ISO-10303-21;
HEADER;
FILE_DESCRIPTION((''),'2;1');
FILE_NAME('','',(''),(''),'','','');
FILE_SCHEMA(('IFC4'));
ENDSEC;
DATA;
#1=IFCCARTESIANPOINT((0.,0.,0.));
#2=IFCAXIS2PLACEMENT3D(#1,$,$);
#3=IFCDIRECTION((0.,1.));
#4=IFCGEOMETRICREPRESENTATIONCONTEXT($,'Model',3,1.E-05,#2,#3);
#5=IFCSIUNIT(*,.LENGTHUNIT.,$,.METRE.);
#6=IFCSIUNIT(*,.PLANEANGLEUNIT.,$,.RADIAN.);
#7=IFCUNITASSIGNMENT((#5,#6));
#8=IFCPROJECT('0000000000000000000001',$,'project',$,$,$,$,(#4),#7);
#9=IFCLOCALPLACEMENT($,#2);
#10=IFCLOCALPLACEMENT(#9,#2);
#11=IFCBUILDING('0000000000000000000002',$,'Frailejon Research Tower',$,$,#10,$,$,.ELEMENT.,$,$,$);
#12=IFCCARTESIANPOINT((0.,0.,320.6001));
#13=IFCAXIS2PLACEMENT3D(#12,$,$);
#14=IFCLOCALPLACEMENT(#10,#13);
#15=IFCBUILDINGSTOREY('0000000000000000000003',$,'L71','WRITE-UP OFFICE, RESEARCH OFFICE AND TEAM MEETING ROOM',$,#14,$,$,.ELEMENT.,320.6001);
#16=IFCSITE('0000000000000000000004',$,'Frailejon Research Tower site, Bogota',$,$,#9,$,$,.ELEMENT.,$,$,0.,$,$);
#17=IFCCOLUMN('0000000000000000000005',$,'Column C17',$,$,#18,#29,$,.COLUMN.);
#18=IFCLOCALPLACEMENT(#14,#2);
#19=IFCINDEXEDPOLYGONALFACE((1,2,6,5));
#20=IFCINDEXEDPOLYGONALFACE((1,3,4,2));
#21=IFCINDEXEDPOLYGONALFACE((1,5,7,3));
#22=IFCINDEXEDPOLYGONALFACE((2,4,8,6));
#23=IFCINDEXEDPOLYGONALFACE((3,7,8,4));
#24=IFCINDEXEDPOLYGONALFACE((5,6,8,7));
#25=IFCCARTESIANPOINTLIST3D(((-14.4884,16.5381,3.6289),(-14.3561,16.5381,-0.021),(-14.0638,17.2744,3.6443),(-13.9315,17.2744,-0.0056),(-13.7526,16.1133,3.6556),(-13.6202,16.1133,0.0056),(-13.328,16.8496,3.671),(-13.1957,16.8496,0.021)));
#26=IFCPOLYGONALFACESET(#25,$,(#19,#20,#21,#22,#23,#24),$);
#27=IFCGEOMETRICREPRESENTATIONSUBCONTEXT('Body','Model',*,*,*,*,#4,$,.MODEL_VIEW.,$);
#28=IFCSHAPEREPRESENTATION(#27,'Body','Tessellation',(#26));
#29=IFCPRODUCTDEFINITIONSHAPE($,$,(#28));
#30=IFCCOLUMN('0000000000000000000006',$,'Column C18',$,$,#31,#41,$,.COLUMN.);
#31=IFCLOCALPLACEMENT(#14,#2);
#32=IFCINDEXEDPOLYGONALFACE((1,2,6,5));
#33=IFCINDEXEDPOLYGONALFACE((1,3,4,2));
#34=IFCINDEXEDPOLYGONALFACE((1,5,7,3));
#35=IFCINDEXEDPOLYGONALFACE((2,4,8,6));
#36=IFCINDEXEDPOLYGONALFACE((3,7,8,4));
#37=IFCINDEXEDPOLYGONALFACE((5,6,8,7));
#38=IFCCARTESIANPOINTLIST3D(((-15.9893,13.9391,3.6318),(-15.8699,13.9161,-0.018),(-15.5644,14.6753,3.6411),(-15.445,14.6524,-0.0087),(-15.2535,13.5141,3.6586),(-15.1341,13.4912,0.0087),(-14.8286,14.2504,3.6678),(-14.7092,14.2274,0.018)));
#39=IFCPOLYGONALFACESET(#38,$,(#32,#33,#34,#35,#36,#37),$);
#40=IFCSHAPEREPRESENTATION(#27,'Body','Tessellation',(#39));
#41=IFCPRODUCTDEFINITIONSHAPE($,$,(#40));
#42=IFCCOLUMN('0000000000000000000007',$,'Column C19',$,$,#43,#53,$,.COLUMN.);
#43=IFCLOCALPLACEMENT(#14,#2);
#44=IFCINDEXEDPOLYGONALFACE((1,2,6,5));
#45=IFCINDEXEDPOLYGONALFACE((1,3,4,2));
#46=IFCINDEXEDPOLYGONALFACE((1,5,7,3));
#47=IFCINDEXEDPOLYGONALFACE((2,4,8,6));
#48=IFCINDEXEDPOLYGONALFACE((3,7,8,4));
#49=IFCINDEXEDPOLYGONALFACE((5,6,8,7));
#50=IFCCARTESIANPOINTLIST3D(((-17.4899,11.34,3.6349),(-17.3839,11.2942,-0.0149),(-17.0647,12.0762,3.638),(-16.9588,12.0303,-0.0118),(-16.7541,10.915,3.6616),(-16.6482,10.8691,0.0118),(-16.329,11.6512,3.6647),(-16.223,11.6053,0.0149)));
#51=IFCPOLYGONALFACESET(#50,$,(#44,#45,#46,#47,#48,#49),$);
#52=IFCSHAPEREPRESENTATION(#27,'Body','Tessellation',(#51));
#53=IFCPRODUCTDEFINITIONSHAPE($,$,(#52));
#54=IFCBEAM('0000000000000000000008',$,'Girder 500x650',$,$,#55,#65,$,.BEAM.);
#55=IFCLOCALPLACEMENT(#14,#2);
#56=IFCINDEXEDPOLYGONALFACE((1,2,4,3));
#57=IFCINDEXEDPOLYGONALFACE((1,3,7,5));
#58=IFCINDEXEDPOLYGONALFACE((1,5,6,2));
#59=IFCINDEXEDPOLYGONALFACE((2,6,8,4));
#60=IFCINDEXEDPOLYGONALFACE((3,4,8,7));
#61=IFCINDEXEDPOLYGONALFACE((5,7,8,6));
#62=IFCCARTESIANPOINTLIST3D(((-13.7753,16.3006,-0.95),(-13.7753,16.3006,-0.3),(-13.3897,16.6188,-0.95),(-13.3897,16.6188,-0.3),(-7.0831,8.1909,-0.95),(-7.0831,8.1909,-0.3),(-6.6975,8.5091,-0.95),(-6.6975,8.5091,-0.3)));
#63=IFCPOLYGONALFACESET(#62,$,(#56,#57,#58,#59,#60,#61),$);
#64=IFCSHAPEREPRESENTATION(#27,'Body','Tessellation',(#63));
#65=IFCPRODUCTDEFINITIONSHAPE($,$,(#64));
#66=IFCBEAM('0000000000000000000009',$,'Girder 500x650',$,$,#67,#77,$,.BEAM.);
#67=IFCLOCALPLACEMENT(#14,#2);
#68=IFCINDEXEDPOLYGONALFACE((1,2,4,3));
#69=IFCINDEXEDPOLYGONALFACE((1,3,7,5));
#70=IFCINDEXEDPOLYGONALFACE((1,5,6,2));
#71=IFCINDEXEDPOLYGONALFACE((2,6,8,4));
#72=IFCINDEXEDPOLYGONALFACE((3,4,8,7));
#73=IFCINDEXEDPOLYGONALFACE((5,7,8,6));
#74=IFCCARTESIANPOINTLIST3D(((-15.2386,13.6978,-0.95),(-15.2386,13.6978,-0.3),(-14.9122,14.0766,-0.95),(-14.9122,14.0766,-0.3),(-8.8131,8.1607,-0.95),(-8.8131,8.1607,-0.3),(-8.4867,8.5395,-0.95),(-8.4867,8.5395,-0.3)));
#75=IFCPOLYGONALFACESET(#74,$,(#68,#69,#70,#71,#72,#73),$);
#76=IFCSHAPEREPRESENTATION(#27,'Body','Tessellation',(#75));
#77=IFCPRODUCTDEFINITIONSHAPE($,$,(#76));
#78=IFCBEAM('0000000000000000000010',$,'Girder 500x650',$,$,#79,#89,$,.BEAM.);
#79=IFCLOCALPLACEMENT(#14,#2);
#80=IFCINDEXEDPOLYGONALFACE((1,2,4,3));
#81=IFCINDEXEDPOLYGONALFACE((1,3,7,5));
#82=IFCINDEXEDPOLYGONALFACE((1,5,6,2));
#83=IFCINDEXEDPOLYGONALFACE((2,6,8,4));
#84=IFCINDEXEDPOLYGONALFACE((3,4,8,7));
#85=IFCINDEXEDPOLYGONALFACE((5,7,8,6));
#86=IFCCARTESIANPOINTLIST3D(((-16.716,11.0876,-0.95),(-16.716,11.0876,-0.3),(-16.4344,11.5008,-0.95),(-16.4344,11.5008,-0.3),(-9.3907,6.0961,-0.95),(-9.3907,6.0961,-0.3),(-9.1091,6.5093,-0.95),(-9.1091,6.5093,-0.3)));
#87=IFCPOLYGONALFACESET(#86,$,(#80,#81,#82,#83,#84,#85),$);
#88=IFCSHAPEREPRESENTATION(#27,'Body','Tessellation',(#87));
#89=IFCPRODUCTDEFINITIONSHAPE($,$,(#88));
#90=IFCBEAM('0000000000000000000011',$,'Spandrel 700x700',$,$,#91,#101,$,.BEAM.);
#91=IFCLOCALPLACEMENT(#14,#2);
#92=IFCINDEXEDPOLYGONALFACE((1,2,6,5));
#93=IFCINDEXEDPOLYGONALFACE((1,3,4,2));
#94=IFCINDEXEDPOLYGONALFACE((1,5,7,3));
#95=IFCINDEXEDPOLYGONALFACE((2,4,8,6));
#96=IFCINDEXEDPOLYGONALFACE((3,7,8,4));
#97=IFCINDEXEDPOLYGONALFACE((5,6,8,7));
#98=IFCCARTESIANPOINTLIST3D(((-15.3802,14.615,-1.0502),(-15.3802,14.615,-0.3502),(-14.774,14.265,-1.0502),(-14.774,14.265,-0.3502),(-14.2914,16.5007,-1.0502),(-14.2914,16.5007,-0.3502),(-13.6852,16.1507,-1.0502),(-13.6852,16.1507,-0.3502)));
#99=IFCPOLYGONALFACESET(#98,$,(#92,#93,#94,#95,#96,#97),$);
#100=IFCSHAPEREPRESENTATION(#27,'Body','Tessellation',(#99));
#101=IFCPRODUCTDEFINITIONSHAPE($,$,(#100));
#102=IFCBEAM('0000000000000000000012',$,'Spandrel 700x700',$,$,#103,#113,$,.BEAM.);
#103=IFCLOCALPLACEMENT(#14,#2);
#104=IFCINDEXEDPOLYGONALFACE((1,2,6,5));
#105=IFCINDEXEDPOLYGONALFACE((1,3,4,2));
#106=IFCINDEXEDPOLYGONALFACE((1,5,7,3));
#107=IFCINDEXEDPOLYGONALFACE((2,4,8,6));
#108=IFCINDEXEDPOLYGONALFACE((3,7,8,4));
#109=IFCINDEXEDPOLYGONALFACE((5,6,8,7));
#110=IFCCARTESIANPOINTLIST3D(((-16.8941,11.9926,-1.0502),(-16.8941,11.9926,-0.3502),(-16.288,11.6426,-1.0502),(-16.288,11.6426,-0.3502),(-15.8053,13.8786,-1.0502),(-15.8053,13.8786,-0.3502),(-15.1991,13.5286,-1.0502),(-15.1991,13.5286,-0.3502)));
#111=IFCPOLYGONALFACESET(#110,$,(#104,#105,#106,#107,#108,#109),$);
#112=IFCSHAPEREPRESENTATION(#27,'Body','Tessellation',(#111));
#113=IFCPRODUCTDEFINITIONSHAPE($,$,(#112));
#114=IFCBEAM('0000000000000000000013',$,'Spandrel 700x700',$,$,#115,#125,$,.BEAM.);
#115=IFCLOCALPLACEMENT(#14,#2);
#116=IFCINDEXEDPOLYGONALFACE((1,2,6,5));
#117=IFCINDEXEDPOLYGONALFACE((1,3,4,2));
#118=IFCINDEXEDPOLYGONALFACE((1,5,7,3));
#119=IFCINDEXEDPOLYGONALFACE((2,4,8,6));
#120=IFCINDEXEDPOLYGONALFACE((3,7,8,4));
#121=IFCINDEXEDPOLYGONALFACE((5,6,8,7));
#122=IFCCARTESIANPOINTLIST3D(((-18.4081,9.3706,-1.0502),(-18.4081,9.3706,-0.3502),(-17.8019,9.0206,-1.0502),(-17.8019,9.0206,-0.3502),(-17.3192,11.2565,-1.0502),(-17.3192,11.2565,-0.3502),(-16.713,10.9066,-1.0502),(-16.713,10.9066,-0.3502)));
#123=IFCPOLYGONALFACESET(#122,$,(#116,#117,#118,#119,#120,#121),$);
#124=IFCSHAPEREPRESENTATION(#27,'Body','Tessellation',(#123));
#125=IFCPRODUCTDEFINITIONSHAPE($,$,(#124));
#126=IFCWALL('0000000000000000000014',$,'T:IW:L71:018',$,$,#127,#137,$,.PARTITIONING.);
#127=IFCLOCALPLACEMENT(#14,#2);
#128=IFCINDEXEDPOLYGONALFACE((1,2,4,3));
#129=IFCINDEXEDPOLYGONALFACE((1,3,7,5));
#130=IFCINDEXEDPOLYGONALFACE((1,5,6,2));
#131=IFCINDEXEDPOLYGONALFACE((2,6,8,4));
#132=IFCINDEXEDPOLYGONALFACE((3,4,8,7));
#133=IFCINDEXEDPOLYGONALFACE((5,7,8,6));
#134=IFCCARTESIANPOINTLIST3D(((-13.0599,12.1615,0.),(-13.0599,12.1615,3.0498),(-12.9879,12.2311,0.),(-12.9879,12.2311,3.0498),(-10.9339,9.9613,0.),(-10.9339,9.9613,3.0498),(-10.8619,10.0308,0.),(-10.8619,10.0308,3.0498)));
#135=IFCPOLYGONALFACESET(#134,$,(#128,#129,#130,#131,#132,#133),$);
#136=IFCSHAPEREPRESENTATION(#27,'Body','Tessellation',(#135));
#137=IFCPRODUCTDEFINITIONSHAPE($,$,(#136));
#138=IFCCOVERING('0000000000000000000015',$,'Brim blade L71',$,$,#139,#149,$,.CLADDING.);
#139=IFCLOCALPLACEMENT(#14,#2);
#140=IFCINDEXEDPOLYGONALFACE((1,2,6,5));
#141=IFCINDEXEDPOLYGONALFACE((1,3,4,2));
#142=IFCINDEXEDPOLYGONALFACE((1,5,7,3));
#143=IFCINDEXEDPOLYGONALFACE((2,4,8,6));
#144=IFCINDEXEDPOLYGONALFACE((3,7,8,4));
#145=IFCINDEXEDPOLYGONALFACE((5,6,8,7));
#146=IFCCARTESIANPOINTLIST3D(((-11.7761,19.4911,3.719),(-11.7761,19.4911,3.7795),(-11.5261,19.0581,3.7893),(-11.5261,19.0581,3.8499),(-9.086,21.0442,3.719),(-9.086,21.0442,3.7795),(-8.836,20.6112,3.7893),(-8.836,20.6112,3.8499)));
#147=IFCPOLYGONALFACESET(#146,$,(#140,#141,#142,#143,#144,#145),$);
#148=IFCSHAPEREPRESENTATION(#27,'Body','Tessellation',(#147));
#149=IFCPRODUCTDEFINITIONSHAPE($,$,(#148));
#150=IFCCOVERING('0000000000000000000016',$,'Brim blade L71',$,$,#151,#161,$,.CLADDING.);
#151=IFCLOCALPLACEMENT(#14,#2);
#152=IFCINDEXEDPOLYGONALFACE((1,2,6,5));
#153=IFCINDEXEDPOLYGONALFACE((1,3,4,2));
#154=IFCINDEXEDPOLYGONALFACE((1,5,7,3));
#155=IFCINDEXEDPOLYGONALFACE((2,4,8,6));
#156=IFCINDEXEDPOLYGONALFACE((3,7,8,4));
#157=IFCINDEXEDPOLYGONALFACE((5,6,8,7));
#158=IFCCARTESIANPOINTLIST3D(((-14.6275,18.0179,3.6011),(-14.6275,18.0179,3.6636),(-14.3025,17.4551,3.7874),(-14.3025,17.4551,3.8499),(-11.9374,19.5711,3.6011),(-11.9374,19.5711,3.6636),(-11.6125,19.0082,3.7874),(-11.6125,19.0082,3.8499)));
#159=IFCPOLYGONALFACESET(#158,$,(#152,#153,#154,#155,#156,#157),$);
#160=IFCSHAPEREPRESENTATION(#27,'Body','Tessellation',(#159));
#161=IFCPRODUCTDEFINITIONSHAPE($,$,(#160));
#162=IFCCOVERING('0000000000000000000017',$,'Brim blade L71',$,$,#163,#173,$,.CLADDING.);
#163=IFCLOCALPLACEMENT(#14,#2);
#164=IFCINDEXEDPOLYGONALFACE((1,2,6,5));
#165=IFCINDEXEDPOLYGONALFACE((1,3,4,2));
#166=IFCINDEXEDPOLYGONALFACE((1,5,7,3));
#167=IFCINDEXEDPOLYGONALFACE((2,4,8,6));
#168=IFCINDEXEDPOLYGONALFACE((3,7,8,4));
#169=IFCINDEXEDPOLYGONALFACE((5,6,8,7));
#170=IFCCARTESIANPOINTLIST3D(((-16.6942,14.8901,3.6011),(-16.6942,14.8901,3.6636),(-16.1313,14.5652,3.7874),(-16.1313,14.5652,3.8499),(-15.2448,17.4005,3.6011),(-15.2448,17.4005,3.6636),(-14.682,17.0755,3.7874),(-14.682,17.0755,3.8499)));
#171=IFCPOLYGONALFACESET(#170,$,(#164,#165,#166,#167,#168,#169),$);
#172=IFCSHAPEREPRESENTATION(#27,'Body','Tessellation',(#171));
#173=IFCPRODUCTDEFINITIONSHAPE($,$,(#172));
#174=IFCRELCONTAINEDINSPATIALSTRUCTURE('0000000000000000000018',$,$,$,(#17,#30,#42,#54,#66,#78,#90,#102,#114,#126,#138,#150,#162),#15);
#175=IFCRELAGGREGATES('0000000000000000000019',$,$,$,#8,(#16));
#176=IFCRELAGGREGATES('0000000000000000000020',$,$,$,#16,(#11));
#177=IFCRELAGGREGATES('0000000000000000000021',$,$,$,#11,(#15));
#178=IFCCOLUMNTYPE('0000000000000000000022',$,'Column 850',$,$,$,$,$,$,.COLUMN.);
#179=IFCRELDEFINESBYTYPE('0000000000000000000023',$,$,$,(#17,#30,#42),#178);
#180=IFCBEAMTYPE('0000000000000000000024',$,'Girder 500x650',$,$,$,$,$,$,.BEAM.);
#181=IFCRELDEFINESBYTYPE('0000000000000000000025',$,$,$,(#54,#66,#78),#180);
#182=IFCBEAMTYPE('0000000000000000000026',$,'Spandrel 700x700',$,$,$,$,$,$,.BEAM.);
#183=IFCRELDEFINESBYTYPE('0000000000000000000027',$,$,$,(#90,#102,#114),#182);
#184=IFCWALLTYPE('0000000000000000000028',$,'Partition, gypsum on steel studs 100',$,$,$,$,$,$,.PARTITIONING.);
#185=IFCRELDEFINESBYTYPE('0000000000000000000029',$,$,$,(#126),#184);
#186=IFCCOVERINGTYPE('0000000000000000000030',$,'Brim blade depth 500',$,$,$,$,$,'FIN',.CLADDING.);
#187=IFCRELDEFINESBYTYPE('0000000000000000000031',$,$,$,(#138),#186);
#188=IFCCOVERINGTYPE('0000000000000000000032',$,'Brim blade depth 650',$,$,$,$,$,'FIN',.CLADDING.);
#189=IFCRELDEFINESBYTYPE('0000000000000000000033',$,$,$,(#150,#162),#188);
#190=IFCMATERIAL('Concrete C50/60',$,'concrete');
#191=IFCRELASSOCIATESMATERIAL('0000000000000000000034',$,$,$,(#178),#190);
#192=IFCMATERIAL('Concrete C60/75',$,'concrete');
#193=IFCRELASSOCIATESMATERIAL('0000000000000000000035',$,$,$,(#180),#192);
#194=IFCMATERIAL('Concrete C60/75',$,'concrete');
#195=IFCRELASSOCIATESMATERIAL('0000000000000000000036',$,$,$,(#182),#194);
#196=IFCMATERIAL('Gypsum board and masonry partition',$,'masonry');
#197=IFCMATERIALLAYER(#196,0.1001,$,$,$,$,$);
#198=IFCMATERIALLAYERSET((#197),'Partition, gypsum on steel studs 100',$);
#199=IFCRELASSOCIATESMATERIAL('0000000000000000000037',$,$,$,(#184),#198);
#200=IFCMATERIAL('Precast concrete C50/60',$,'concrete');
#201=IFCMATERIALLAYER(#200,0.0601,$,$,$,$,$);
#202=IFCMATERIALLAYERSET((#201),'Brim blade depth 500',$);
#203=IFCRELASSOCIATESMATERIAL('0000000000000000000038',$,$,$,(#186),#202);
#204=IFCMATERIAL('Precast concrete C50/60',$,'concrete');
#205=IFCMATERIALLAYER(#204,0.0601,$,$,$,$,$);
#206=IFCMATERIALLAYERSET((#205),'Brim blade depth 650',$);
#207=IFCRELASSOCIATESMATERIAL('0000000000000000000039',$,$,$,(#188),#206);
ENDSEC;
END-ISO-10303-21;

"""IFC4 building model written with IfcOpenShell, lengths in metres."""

from ifc_helpers import new_model, si_unit, direction, frame, frame_2d, origin, origin_2d, place, context, subcontext, project, spatial, polyline, rectangle, outline, extrude, material, layer, layer_set, material_profile, profile_set, type_object, element, save


model = new_model("IFC4")

# Units and contexts
model_context = context("Model", 3, precision=1e-05, world=origin(), true_north=direction((0.0, 1.0)))
body_context = subcontext(model_context, "Body", "Model", "MODEL_VIEW")
ifc_project = project(units=[si_unit("LENGTHUNIT", "METRE"), si_unit("PLANEANGLEUNIT", "RADIAN")], contexts=[model_context])

# Site, building, storey
site_placement = place(None, origin())
site = spatial("IfcSite", under=ifc_project, at=site_placement, Name="Frailejon Research Tower site, Bogota", CompositionType="ELEMENT", RefElevation=0.0)
building_placement = place(site_placement, origin())
building = spatial("IfcBuilding", under=site, at=building_placement, Name="Frailejon Research Tower", CompositionType="ELEMENT")
storey_placement = place(building_placement, frame((0.0, 0.0, 320.6001)))
storey = spatial("IfcBuildingStorey", under=building, at=storey_placement, Name="L71", Description="WRITE-UP OFFICE, RESEARCH OFFICE AND TEAM MEETING ROOM", CompositionType="ELEMENT", Elevation=320.6001)

# Columns
ifc_material_1 = material(Name="Concrete C50/60", Category="concrete")
ifc_material_profile_1 = material_profile(ifc_material_1, rectangle(XDim=0.8501, YDim=0.8501, at=origin_2d()), Name="Column 850")
ifc_profile_set_1 = profile_set([ifc_material_profile_1], Name="Concrete C50/60")
column_type = type_object("IfcColumnType", Name="Column 850", PredefinedType="COLUMN", material=ifc_profile_set_1)
column_1_placement = place(storey_placement, frame((-13.7759, 16.6938, 0.0), z_axis=(-0.03623, 0.0, 0.999343), x_axis=(-0.499425, -0.866168, -0.018106)))
element("IfcColumn", 1, at=column_1_placement, inside=storey, type_object=column_type, Name="Column C17", PredefinedType="COLUMN", context=body_context, shape_type="SweptSolid", body=[
    extrude(rectangle(XDim=0.8501, YDim=0.8501, at=origin_2d()), origin(), (0.0, 0.0, 1.0), 3.6523),
])
column_2_placement = place(storey_placement, frame((-15.2896, 14.0718, 0.0), z_axis=(-0.032691, 0.006284, 0.999446), x_axis=(-0.499829, -0.866055, -0.010903)))
element("IfcColumn", 2, at=column_2_placement, inside=storey, type_object=column_type, Name="Column C18", PredefinedType="COLUMN", context=body_context, shape_type="SweptSolid", body=[
    extrude(rectangle(XDim=0.8501, YDim=0.8501, at=origin_2d()), origin(), (0.0, 0.0, 1.0), 3.6519),
])
column_3_placement = place(storey_placement, frame((-16.8035, 11.4497, 0.0), z_axis=(-0.029016, 0.012569, 0.9995), x_axis=(-0.500121, -0.865948, -0.003629)))
element("IfcColumn", 3, at=column_3_placement, inside=storey, type_object=column_type, Name="Column C19", PredefinedType="COLUMN", context=body_context, shape_type="SweptSolid", body=[
    extrude(rectangle(XDim=0.8501, YDim=0.8501, at=origin_2d()), origin(), (0.0, 0.0, 1.0), 3.6516),
])

# Beams
ifc_material_2 = material(Name="Concrete C60/75", Category="concrete")
ifc_material_profile_2 = material_profile(ifc_material_2, rectangle(XDim=0.5, YDim=0.6499, at=origin_2d()), Name="Girder 500x650")
ifc_profile_set_2 = profile_set([ifc_material_profile_2], Name="Concrete C60/75")
beam_type_1 = type_object("IfcBeamType", Name="Girder 500x650", PredefinedType="BEAM", material=ifc_profile_set_2)
beam_1_placement = place(storey_placement, frame((-13.5825, 16.4597, -0.625), z_axis=(0.636479, -0.771294, 0.0), x_axis=(0.771294, 0.636479, 0.0)))
element("IfcBeam", 4, at=beam_1_placement, inside=storey, type_object=beam_type_1, Name="Girder 500x650", PredefinedType="BEAM", context=body_context, shape_type="SweptSolid", body=[
    extrude(rectangle(XDim=0.5, YDim=0.6499, at=origin_2d()), origin(), (0.0, 0.0, 1.0), 10.5144),
])
beam_2_placement = place(storey_placement, frame((-15.0754, 13.8872, -0.625), z_axis=(0.757535, -0.652794, 0.0), x_axis=(0.652794, 0.757535, 0.0)))
element("IfcBeam", 5, at=beam_2_placement, inside=storey, type_object=beam_type_1, Name="Girder 500x650", PredefinedType="BEAM", context=body_context, shape_type="SweptSolid", body=[
    extrude(rectangle(XDim=0.5, YDim=0.6499, at=origin_2d()), origin(), (0.0, 0.0, 1.0), 8.4822),
])
beam_3_placement = place(storey_placement, frame((-16.5752, 11.2942, -0.625), z_axis=(0.826385, -0.563106, 0.0), x_axis=(0.563106, 0.826385, 0.0)))
element("IfcBeam", 6, at=beam_3_placement, inside=storey, type_object=beam_type_1, Name="Girder 500x650", PredefinedType="BEAM", context=body_context, shape_type="SweptSolid", body=[
    extrude(rectangle(XDim=0.5, YDim=0.6499, at=origin_2d()), origin(), (0.0, 0.0, 1.0), 8.8643),
])
ifc_material_3 = material(Name="Concrete C60/75", Category="concrete")
ifc_material_profile_3 = material_profile(ifc_material_3, rectangle(XDim=0.7, YDim=0.7, at=origin_2d()), Name="Spandrel 700x700")
ifc_profile_set_3 = profile_set([ifc_material_profile_3], Name="Concrete C60/75")
beam_type_2 = type_object("IfcBeamType", Name="Spandrel 700x700", PredefinedType="BEAM", material=ifc_profile_set_3)
beam_4_placement = place(storey_placement, frame((-13.9883, 16.3257, -0.7002), z_axis=(-0.500046, -0.865999, 0.0), x_axis=(0.865999, -0.500046, 0.0)))
element("IfcBeam", 7, at=beam_4_placement, inside=storey, type_object=beam_type_2, Name="Spandrel 700x700", PredefinedType="BEAM", context=body_context, shape_type="SweptSolid", body=[
    extrude(rectangle(XDim=0.7, YDim=0.7, at=origin_2d()), origin(), (0.0, 0.0, 1.0), 2.1775),
])
for number, where, z_axis, x_axis, name in (
    (8, (-15.5022, 13.7036, -0.7002), (-0.499997, -0.866027, 0.0), (0.866027, -0.499997, 0.0), "Spandrel 700x700"),
    (9, (-17.0161, 11.0815, -0.7002), (-0.499997, -0.866027, 0.0), (0.866027, -0.499997, 0.0), "Spandrel 700x700"),
):
    element("IfcBeam", number, at=place(storey_placement, frame(where, z_axis=z_axis, x_axis=x_axis)), inside=storey, type_object=beam_type_2, Name=name, PredefinedType="BEAM", context=body_context, shape_type="SweptSolid", body=[
        extrude(rectangle(XDim=0.7, YDim=0.7, at=origin_2d()), origin(), (0.0, 0.0, 1.0), 2.1777),
    ])

# Wall
ifc_material_4 = material(Name="Gypsum board and masonry partition", Category="masonry")
ifc_layer_1 = layer(ifc_material_4, 0.1001)
ifc_layer_set_1 = layer_set([ifc_layer_1], Name="Partition, gypsum on steel studs 100")
wall_type_1 = type_object("IfcWallType", Name="Partition, gypsum on steel studs 100", PredefinedType="PARTITIONING", material=ifc_layer_set_1)
wall_1_placement = place(storey_placement, frame((-13.0239, 12.1963, 0.0), z_axis=(0.0, 0.0, 1.0), x_axis=(0.694874, -0.719132, 0.0)))
element("IfcWall", 10, at=wall_1_placement, inside=storey, type_object=wall_type_1, Name="T:IW:L71:018", PredefinedType="PARTITIONING", context=body_context, shape_type="SweptSolid", body=[
    extrude(rectangle(XDim=3.0596, YDim=0.1001, at=frame_2d((1.5298, 0.0))), origin(), (0.0, 0.0, 1.0), 3.0498),
])

# Coverings
ifc_material_5 = material(Name="Precast concrete C50/60", Category="concrete")
ifc_layer_2 = layer(ifc_material_5, 0.0601)
ifc_layer_set_2 = layer_set([ifc_layer_2], Name="Brim blade depth 500")
covering_type_1 = type_object("IfcCoveringType", Name="Brim blade depth 500", ElementType="FIN", PredefinedType="CLADDING", material=ifc_layer_set_2)
covering_1_placement = place(storey_placement, frame((-11.5261, 19.0581, 3.8499), z_axis=(0.866035, 0.499983, 0.0), x_axis=(-0.499983, 0.866035, 0.0)))
element("IfcCovering", 11, at=covering_1_placement, inside=storey, type_object=covering_type_1, Name="Brim blade L71", PredefinedType="CLADDING", context=body_context, shape_type="SweptSolid", body=[
    extrude(outline(polyline([(0.0, -0.0605), (0.5, -0.1309), (0.5, -0.0703), (0.0, 0.0), (0.0, -0.0605)])), origin(), (0.0, 0.0, 1.0), 3.1062),
])
ifc_material_6 = material(Name="Precast concrete C50/60", Category="concrete")
ifc_layer_3 = layer(ifc_material_6, 0.0601)
ifc_layer_set_3 = layer_set([ifc_layer_3], Name="Brim blade depth 650")
covering_type_2 = type_object("IfcCoveringType", Name="Brim blade depth 650", ElementType="FIN", PredefinedType="CLADDING", material=ifc_layer_set_3)
covering_2_placement = place(storey_placement, frame((-14.3025, 17.4551, 3.8499), z_axis=(0.866014, 0.50002, 0.0), x_axis=(-0.50002, 0.866014, 0.0)))
element("IfcCovering", 12, at=covering_2_placement, inside=storey, type_object=covering_type_2, Name="Brim blade L71", PredefinedType="CLADDING", context=body_context, shape_type="SweptSolid", body=[
    extrude(outline(polyline([(0.0, -0.0625), (0.6499, -0.2488), (0.6499, -0.1863), (0.0, 0.0), (0.0, -0.0625)])), origin(), (0.0, 0.0, 1.0), 3.1062),
])
covering_3_placement = place(storey_placement, frame((-16.1313, 14.5652, 3.8499), z_axis=(0.500005, 0.866022, 0.0), x_axis=(-0.866022, 0.500005, 0.0)))
element("IfcCovering", 13, at=covering_3_placement, inside=storey, type_object=covering_type_2, Name="Brim blade L71", PredefinedType="CLADDING", context=body_context, shape_type="SweptSolid", body=[
    extrude(outline(polyline([(0.0, -0.0625), (0.6499, -0.2488), (0.6499, -0.1863), (0.0, 0.0), (0.0, -0.0625)])), origin(), (0.0, 0.0, 1.0), 2.8987),
])

save(model, "model.ifc")
